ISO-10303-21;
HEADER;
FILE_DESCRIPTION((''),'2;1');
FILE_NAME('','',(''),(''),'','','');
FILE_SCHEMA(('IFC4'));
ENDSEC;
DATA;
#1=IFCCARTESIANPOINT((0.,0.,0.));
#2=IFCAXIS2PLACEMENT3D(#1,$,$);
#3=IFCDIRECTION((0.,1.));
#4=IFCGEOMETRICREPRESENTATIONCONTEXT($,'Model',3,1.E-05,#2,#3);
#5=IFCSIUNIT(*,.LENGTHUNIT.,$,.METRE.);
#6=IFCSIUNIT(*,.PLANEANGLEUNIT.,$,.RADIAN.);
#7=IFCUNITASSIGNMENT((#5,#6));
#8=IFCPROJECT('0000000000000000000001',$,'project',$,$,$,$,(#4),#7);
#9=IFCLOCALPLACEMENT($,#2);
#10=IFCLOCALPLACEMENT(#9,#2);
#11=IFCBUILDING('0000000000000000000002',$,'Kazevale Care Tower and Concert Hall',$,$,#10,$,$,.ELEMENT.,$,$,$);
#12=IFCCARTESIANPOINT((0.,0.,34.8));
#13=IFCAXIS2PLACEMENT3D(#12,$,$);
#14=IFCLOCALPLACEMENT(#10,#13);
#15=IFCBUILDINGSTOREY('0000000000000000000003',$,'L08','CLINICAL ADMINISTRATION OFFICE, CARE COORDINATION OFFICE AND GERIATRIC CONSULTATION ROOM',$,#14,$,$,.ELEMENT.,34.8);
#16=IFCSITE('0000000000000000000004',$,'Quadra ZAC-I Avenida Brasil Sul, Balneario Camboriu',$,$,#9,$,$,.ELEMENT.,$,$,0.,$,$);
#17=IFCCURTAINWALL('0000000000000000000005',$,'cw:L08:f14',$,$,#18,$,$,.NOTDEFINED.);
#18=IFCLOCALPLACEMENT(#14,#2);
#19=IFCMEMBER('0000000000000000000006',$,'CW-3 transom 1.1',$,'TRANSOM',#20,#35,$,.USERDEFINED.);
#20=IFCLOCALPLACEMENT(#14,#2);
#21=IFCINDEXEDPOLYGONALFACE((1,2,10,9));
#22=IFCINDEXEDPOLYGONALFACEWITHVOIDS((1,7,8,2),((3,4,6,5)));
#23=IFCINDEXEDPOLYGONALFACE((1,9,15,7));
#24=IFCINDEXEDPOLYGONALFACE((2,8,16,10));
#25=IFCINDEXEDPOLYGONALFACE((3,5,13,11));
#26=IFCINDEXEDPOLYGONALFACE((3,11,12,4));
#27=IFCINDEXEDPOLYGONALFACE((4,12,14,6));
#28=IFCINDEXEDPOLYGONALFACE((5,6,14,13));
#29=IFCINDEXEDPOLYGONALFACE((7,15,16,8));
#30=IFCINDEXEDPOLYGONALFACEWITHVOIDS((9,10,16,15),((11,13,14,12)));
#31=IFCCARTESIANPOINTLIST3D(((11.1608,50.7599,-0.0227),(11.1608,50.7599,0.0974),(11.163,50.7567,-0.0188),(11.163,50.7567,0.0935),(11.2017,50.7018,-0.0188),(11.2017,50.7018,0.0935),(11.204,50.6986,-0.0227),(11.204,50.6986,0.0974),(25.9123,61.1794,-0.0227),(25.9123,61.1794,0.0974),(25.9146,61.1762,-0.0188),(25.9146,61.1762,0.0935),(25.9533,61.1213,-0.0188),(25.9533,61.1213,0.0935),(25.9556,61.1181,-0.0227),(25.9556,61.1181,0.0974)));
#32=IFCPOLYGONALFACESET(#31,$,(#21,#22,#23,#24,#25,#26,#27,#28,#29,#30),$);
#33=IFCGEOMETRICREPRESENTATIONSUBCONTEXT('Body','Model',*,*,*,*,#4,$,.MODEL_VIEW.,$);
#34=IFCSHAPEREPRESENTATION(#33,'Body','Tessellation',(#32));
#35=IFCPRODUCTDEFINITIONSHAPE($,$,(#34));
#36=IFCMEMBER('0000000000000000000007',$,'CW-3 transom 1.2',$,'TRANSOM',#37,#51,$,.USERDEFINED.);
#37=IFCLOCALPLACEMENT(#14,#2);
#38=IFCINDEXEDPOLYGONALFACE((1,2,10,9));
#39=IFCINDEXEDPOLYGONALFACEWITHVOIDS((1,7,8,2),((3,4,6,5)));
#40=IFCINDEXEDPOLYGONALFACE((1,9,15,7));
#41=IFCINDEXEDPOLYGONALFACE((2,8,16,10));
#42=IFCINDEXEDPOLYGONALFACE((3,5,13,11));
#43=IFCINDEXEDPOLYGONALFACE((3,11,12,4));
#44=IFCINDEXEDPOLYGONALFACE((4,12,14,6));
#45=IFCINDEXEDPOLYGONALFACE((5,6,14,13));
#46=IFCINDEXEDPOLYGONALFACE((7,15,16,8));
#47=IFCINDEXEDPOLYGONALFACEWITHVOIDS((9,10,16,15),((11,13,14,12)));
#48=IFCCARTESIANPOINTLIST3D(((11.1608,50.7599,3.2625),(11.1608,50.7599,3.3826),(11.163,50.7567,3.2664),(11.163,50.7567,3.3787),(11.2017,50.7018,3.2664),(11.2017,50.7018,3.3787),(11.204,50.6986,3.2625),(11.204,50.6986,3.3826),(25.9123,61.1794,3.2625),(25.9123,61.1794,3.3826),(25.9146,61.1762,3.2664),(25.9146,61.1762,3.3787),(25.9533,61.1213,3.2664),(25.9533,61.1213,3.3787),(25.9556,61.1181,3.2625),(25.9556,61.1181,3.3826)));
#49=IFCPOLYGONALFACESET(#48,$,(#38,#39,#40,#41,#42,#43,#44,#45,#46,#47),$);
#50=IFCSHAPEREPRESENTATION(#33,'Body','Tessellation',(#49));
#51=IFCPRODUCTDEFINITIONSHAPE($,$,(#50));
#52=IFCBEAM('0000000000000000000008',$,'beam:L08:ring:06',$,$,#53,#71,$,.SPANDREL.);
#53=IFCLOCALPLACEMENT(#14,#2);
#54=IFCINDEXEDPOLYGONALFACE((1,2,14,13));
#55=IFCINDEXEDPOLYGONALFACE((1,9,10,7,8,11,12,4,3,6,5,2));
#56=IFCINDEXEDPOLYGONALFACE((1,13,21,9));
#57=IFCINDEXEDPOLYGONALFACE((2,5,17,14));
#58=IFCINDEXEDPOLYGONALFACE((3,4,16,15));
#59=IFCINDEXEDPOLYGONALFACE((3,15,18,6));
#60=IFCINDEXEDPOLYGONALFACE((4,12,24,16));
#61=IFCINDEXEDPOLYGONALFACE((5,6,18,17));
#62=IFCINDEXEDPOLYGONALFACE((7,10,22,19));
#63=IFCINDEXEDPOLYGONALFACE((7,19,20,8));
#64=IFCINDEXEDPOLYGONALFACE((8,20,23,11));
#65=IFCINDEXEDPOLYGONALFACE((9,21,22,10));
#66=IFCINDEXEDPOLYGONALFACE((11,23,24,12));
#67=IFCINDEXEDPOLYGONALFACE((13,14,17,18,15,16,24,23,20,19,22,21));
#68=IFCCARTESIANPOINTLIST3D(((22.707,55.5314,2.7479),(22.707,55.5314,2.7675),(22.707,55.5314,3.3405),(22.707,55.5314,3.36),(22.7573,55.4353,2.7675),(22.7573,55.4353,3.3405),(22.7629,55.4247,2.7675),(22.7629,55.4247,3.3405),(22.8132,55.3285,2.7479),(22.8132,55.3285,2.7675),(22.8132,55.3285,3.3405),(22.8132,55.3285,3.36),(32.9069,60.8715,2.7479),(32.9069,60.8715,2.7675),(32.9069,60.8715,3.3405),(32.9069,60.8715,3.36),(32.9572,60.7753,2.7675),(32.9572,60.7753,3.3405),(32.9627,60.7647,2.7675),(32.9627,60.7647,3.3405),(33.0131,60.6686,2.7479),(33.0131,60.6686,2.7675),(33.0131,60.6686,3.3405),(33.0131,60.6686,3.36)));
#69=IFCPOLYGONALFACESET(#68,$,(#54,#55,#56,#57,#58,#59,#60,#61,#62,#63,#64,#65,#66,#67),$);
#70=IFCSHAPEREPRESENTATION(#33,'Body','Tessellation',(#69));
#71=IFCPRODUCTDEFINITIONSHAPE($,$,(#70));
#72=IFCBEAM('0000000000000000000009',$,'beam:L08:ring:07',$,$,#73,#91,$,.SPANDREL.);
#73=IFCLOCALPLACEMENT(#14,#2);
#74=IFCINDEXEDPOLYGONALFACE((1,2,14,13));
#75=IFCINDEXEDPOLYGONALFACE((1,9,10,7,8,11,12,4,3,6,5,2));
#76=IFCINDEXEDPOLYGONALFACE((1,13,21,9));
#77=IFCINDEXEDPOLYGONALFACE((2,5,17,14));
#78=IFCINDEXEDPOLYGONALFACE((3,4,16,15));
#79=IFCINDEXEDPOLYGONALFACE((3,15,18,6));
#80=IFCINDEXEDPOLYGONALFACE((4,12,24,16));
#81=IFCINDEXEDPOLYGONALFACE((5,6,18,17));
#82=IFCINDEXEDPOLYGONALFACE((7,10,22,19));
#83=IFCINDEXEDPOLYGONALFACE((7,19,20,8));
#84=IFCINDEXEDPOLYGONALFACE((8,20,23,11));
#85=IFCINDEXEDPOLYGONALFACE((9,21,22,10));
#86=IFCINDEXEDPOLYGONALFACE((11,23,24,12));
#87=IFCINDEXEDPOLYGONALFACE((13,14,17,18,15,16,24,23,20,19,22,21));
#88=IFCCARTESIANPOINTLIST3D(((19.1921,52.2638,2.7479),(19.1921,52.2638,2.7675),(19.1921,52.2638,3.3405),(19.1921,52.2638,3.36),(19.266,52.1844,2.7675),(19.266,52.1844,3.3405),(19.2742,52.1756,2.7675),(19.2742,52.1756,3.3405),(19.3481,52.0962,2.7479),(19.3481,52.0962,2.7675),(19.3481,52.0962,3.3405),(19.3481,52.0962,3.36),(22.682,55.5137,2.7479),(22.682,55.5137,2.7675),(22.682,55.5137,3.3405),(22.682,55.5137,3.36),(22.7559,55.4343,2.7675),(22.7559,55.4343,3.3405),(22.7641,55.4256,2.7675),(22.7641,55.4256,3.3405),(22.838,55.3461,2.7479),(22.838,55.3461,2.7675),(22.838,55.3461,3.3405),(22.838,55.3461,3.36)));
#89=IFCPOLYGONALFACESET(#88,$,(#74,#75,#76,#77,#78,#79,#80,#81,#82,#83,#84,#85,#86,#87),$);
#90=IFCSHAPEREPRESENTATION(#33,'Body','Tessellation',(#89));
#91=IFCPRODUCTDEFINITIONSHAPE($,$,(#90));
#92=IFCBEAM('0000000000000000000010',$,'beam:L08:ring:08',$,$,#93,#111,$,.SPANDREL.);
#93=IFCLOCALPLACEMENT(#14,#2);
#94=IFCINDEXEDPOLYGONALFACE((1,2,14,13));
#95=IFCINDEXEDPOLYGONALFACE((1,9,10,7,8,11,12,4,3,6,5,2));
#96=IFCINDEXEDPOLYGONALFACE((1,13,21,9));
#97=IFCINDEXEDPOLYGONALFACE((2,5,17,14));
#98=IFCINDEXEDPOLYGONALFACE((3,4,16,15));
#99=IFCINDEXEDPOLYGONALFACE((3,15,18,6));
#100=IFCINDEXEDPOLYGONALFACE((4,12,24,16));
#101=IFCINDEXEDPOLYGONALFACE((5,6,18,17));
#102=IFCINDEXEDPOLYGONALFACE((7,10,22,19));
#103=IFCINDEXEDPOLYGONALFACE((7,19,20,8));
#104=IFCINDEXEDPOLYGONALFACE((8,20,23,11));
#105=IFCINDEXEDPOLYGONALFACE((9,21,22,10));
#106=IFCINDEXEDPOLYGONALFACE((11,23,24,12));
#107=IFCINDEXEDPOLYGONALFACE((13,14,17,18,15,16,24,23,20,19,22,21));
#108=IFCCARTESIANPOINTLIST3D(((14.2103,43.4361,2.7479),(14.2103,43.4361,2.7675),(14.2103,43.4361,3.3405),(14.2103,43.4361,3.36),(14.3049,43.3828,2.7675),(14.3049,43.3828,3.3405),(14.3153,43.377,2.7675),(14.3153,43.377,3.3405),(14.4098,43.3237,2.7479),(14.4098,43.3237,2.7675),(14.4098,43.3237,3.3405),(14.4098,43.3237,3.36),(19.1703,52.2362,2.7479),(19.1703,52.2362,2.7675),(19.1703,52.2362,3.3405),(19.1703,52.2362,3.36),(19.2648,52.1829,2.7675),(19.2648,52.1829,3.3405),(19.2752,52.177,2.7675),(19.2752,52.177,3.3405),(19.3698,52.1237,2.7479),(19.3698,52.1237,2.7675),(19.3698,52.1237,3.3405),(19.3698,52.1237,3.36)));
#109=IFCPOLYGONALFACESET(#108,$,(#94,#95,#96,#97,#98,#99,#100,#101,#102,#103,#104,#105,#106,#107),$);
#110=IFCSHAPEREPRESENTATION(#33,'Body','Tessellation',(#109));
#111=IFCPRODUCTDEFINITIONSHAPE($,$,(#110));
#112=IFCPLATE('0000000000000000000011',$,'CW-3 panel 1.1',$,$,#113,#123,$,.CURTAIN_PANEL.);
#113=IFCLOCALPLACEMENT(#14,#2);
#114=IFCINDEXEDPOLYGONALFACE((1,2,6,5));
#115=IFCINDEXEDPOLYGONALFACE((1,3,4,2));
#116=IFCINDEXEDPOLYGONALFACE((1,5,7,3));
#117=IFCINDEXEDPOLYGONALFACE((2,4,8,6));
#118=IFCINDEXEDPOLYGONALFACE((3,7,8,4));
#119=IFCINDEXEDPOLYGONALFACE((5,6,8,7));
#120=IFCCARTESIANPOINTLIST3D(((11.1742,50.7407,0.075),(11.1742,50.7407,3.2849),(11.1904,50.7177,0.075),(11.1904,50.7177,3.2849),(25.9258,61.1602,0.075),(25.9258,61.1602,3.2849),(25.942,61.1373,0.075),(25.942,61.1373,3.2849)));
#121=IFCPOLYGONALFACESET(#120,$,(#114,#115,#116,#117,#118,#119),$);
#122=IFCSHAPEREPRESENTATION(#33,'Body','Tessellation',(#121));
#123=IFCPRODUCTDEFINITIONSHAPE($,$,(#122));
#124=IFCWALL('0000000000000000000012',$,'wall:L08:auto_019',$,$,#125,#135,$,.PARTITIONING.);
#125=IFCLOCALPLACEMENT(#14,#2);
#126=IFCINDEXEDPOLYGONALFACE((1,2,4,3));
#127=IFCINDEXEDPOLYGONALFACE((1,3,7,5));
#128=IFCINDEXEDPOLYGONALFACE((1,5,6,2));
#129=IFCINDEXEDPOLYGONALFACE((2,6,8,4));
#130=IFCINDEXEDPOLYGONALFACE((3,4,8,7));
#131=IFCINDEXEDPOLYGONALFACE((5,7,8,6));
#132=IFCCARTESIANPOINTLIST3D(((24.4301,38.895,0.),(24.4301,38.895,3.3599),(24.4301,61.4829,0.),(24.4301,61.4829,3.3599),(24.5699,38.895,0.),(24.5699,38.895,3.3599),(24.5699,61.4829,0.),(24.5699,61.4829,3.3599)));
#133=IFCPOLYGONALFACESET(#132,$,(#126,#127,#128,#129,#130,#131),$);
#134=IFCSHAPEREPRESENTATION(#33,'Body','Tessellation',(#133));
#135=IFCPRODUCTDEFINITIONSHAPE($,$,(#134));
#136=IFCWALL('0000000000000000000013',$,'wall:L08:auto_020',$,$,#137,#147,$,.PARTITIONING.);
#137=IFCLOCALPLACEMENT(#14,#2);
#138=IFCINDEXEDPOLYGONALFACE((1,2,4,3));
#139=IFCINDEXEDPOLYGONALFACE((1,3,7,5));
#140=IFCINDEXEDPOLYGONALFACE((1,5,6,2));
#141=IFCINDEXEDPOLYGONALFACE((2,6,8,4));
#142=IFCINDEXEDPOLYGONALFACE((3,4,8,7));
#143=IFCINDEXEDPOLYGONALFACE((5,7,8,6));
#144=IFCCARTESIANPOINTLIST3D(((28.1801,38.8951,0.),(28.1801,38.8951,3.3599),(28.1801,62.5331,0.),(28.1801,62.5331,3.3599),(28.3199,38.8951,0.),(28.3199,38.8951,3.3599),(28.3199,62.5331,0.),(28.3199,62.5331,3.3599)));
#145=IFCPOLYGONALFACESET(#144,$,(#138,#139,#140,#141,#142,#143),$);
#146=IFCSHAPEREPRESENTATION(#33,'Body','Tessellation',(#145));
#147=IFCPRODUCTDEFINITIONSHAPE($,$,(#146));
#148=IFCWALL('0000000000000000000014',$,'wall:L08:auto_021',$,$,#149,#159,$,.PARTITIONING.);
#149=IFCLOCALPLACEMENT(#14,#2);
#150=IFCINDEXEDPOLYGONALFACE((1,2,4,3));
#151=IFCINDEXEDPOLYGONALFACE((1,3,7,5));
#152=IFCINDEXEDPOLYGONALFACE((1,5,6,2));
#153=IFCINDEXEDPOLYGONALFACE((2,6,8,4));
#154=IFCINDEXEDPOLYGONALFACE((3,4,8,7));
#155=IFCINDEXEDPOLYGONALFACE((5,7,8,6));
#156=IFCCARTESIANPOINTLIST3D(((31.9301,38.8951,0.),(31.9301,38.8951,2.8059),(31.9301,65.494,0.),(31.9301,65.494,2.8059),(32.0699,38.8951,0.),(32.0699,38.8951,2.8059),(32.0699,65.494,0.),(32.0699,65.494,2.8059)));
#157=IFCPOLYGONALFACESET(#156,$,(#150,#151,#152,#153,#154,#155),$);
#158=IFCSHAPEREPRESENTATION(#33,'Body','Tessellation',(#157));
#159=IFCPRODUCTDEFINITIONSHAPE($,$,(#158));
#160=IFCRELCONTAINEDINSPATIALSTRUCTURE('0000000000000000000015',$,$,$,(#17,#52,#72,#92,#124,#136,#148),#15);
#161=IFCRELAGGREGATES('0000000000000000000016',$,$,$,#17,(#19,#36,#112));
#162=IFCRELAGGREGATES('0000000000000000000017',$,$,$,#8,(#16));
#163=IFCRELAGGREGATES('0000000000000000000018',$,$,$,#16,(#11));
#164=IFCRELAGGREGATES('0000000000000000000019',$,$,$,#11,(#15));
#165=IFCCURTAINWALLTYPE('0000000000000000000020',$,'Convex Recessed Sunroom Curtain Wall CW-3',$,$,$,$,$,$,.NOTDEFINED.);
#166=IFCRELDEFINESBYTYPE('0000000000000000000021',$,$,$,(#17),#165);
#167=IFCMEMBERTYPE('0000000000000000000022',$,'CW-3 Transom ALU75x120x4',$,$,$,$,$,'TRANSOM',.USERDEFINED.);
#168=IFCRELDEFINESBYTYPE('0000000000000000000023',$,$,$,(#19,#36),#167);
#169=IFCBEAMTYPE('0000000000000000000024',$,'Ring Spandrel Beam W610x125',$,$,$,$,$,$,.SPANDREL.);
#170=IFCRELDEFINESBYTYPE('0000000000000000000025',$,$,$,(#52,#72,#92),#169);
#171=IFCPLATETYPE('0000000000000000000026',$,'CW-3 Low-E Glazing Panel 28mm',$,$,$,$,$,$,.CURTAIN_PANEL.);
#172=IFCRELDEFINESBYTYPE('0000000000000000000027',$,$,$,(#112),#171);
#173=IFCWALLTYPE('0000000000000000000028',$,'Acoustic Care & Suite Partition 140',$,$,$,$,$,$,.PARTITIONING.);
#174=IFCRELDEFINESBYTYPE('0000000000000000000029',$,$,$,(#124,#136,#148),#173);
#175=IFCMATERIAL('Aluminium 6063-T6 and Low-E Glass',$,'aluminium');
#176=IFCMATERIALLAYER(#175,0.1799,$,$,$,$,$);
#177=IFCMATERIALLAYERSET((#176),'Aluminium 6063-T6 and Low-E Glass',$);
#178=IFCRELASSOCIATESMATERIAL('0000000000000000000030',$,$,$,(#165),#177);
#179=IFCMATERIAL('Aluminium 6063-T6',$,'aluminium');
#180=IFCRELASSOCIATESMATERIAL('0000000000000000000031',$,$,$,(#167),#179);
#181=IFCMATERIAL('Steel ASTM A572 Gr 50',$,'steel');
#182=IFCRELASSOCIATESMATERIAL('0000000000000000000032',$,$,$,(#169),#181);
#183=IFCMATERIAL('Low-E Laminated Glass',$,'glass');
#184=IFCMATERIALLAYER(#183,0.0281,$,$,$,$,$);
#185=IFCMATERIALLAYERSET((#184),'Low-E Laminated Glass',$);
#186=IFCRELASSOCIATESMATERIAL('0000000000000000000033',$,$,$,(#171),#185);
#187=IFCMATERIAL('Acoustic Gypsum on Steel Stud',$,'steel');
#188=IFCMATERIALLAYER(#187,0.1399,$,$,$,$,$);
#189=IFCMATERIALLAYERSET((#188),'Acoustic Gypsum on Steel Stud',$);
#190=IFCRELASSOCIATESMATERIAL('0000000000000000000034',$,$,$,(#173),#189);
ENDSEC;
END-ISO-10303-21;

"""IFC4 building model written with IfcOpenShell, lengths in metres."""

from ifc_helpers import new_model, si_unit, direction, frame, frame_2d, origin, origin_2d, place, context, subcontext, project, spatial, rectangle, hollow_rectangle, i_section, extrude, material, layer, layer_set, material_profile, profile_set, type_object, element, aggregate, save


model = new_model("IFC4")

# Units and contexts
model_context = context("Model", 3, precision=1e-05, world=origin(), true_north=direction((0.0, 1.0)))
body_context = subcontext(model_context, "Body", "Model", "MODEL_VIEW")
ifc_project = project(units=[si_unit("LENGTHUNIT", "METRE"), si_unit("PLANEANGLEUNIT", "RADIAN")], contexts=[model_context])

# Site, building, storey
site_placement = place(None, origin())
site = spatial("IfcSite", under=ifc_project, at=site_placement, Name="Quadra ZAC-I Avenida Brasil Sul, Balneario Camboriu", CompositionType="ELEMENT", RefElevation=0.0)
building_placement = place(site_placement, origin())
building = spatial("IfcBuilding", under=site, at=building_placement, Name="Kazevale Care Tower and Concert Hall", CompositionType="ELEMENT")
storey_placement = place(building_placement, frame((0.0, 0.0, 34.8)))
storey = spatial("IfcBuildingStorey", under=building, at=storey_placement, Name="L08", Description="CLINICAL ADMINISTRATION OFFICE, CARE COORDINATION OFFICE AND GERIATRIC CONSULTATION ROOM", CompositionType="ELEMENT", Elevation=34.8)

# Curtain wall, members
ifc_material_1 = material(Name="Aluminium 6063-T6 and Low-E Glass", Category="aluminium")
ifc_layer_1 = layer(ifc_material_1, 0.1799)
ifc_layer_set_1 = layer_set([ifc_layer_1], Name="Aluminium 6063-T6 and Low-E Glass")
curtain_wall_type = type_object("IfcCurtainWallType", Name="Convex Recessed Sunroom Curtain Wall CW-3", PredefinedType="NOTDEFINED", material=ifc_layer_set_1)
curtain_wall_placement = place(storey_placement, origin())
curtain_wall = element("IfcCurtainWall", 1, at=curtain_wall_placement, inside=storey, type_object=curtain_wall_type, Name="cw:L08:f14", PredefinedType="NOTDEFINED")
ifc_material_2 = material(Name="Aluminium 6063-T6", Category="aluminium")
ifc_material_profile_1 = material_profile(ifc_material_2, hollow_rectangle(XDim=0.075, YDim=0.1201, WallThickness=0.0039, at=origin_2d()), Name="ALU75x120x4")
ifc_profile_set_1 = profile_set([ifc_material_profile_1], Name="Aluminium 6063-T6")
member_type_1 = type_object("IfcMemberType", Name="CW-3 Transom ALU75x120x4", ElementType="TRANSOM", PredefinedType="USERDEFINED", material=ifc_profile_set_1)
member_1_placement = place(storey_placement, frame((11.1824, 50.7292, 0.0374), z_axis=(0.816795, 0.576928, 0.0), x_axis=(-0.576928, 0.816795, 0.0)))
member_1 = element("IfcMember", 2, at=member_1_placement, type_object=member_type_1, Name="CW-3 transom 1.1", ObjectType="TRANSOM", PredefinedType="USERDEFINED", context=body_context, shape_type="SweptSolid", body=[
    extrude(hollow_rectangle(XDim=0.075, YDim=0.1201, WallThickness=0.0039, at=origin_2d()), origin(), (0.0, 0.0, 1.0), 18.0603),
])
member_2_placement = place(storey_placement, frame((11.1824, 50.7292, 3.3225), z_axis=(0.816795, 0.576928, 0.0), x_axis=(-0.576928, 0.816795, 0.0)))
member_2 = element("IfcMember", 3, at=member_2_placement, type_object=member_type_1, Name="CW-3 transom 1.2", ObjectType="TRANSOM", PredefinedType="USERDEFINED", context=body_context, shape_type="SweptSolid", body=[
    extrude(hollow_rectangle(XDim=0.075, YDim=0.1201, WallThickness=0.0039, at=origin_2d()), origin(), (0.0, 0.0, 1.0), 18.0603),
])

# Beams
ifc_material_3 = material(Name="Steel ASTM A572 Gr 50", Category="steel")
ifc_material_profile_2 = material_profile(ifc_material_3, i_section(OverallWidth=0.229, OverallDepth=0.6121, WebThickness=0.012, FlangeThickness=0.0195, at=origin_2d()), Name="W610x125")
ifc_profile_set_2 = profile_set([ifc_material_profile_2], Name="Steel ASTM A572 Gr 50")
beam_type = type_object("IfcBeamType", Name="Ring Spandrel Beam W610x125", PredefinedType="SPANDREL", material=ifc_profile_set_2)
beam_1_placement = place(storey_placement, frame((32.96, 60.77, 3.054), z_axis=(-0.885929, -0.46382, 0.0), x_axis=(0.46382, -0.885929, 0.0)))
element("IfcBeam", 4, at=beam_1_placement, inside=storey, type_object=beam_type, Name="beam:L08:ring:06", PredefinedType="SPANDREL", context=body_context, shape_type="SweptSolid", body=[
    extrude(i_section(OverallWidth=0.229, OverallDepth=0.6121, WebThickness=0.012, FlangeThickness=0.0195, at=origin_2d()), origin(), (0.0, 0.0, 1.0), 11.5132),
])
beam_2_placement = place(storey_placement, frame((22.76, 55.4299, 3.054), z_axis=(-0.731821, -0.681497, 0.0), x_axis=(0.681497, -0.731821, 0.0)))
element("IfcBeam", 5, at=beam_2_placement, inside=storey, type_object=beam_type, Name="beam:L08:ring:07", PredefinedType="SPANDREL", context=body_context, shape_type="SweptSolid", body=[
    extrude(i_section(OverallWidth=0.229, OverallDepth=0.6121, WebThickness=0.012, FlangeThickness=0.0195, at=origin_2d()), origin(), (0.0, 0.0, 1.0), 4.7688),
])
beam_3_placement = place(storey_placement, frame((19.27, 52.1799, 3.054), z_axis=(-0.491008, -0.871155, 0.0), x_axis=(0.871155, -0.491008, 0.0)))
element("IfcBeam", 6, at=beam_3_placement, inside=storey, type_object=beam_type, Name="beam:L08:ring:08", PredefinedType="SPANDREL", context=body_context, shape_type="SweptSolid", body=[
    extrude(i_section(OverallWidth=0.229, OverallDepth=0.6121, WebThickness=0.012, FlangeThickness=0.0195, at=origin_2d()), origin(), (0.0, 0.0, 1.0), 10.1016),
])

# Plate
ifc_material_4 = material(Name="Low-E Laminated Glass", Category="glass")
ifc_layer_2 = layer(ifc_material_4, 0.0281)
ifc_layer_set_2 = layer_set([ifc_layer_2], Name="Low-E Laminated Glass")
plate_type = type_object("IfcPlateType", Name="CW-3 Low-E Glazing Panel 28mm", PredefinedType="CURTAIN_PANEL", material=ifc_layer_set_2)
plate_placement = place(storey_placement, frame((18.5581, 55.939, 0.075), z_axis=(0.0, 0.0, 1.0), x_axis=(0.816794, 0.576929, 0.0)))
plate = element("IfcPlate", 7, at=plate_placement, type_object=plate_type, Name="CW-3 panel 1.1", PredefinedType="CURTAIN_PANEL", context=body_context, shape_type="SweptSolid", body=[
    extrude(rectangle(XDim=18.0603, YDim=0.0281, at=origin_2d()), origin(), (0.0, 0.0, 1.0), 3.21),
])
aggregate(curtain_wall, [member_1, member_2, plate])

# Walls
ifc_material_5 = material(Name="Acoustic Gypsum on Steel Stud", Category="steel")
ifc_layer_3 = layer(ifc_material_5, 0.1399)
ifc_layer_set_3 = layer_set([ifc_layer_3], Name="Acoustic Gypsum on Steel Stud")
wall_type_1 = type_object("IfcWallType", Name="Acoustic Care & Suite Partition 140", PredefinedType="PARTITIONING", material=ifc_layer_set_3)
wall_1_placement = place(storey_placement, frame((24.5, 61.4829, 0.0), z_axis=(0.0, 0.0, 1.0), x_axis=(0.0, -1.0, 0.0)))
element("IfcWall", 8, at=wall_1_placement, inside=storey, type_object=wall_type_1, Name="wall:L08:auto_019", PredefinedType="PARTITIONING", context=body_context, shape_type="SweptSolid", body=[
    extrude(rectangle(XDim=22.5879, YDim=0.1399, at=frame_2d((11.2939, 0.0))), origin(), (0.0, 0.0, 1.0), 3.3599),
])
wall_2_placement = place(storey_placement, frame((28.25, 62.533, 0.0), z_axis=(0.0, 0.0, 1.0), x_axis=(0.0, -1.0, 0.0)))
element("IfcWall", 9, at=wall_2_placement, inside=storey, type_object=wall_type_1, Name="wall:L08:auto_020", PredefinedType="PARTITIONING", context=body_context, shape_type="SweptSolid", body=[
    extrude(rectangle(XDim=23.6379, YDim=0.1399, at=frame_2d((11.8188, 0.0))), origin(), (0.0, 0.0, 1.0), 3.3599),
])
wall_3_placement = place(storey_placement, frame((32.0, 65.4939, 0.0), z_axis=(0.0, 0.0, 1.0), x_axis=(0.0, -1.0, 0.0)))
element("IfcWall", 10, at=wall_3_placement, inside=storey, type_object=wall_type_1, Name="wall:L08:auto_021", PredefinedType="PARTITIONING", context=body_context, shape_type="SweptSolid", body=[
    extrude(rectangle(XDim=26.5989, YDim=0.1399, at=frame_2d((13.2993, 0.0))), origin(), (0.0, 0.0, 1.0), 2.8059),
])

save(model, "model.ifc")
